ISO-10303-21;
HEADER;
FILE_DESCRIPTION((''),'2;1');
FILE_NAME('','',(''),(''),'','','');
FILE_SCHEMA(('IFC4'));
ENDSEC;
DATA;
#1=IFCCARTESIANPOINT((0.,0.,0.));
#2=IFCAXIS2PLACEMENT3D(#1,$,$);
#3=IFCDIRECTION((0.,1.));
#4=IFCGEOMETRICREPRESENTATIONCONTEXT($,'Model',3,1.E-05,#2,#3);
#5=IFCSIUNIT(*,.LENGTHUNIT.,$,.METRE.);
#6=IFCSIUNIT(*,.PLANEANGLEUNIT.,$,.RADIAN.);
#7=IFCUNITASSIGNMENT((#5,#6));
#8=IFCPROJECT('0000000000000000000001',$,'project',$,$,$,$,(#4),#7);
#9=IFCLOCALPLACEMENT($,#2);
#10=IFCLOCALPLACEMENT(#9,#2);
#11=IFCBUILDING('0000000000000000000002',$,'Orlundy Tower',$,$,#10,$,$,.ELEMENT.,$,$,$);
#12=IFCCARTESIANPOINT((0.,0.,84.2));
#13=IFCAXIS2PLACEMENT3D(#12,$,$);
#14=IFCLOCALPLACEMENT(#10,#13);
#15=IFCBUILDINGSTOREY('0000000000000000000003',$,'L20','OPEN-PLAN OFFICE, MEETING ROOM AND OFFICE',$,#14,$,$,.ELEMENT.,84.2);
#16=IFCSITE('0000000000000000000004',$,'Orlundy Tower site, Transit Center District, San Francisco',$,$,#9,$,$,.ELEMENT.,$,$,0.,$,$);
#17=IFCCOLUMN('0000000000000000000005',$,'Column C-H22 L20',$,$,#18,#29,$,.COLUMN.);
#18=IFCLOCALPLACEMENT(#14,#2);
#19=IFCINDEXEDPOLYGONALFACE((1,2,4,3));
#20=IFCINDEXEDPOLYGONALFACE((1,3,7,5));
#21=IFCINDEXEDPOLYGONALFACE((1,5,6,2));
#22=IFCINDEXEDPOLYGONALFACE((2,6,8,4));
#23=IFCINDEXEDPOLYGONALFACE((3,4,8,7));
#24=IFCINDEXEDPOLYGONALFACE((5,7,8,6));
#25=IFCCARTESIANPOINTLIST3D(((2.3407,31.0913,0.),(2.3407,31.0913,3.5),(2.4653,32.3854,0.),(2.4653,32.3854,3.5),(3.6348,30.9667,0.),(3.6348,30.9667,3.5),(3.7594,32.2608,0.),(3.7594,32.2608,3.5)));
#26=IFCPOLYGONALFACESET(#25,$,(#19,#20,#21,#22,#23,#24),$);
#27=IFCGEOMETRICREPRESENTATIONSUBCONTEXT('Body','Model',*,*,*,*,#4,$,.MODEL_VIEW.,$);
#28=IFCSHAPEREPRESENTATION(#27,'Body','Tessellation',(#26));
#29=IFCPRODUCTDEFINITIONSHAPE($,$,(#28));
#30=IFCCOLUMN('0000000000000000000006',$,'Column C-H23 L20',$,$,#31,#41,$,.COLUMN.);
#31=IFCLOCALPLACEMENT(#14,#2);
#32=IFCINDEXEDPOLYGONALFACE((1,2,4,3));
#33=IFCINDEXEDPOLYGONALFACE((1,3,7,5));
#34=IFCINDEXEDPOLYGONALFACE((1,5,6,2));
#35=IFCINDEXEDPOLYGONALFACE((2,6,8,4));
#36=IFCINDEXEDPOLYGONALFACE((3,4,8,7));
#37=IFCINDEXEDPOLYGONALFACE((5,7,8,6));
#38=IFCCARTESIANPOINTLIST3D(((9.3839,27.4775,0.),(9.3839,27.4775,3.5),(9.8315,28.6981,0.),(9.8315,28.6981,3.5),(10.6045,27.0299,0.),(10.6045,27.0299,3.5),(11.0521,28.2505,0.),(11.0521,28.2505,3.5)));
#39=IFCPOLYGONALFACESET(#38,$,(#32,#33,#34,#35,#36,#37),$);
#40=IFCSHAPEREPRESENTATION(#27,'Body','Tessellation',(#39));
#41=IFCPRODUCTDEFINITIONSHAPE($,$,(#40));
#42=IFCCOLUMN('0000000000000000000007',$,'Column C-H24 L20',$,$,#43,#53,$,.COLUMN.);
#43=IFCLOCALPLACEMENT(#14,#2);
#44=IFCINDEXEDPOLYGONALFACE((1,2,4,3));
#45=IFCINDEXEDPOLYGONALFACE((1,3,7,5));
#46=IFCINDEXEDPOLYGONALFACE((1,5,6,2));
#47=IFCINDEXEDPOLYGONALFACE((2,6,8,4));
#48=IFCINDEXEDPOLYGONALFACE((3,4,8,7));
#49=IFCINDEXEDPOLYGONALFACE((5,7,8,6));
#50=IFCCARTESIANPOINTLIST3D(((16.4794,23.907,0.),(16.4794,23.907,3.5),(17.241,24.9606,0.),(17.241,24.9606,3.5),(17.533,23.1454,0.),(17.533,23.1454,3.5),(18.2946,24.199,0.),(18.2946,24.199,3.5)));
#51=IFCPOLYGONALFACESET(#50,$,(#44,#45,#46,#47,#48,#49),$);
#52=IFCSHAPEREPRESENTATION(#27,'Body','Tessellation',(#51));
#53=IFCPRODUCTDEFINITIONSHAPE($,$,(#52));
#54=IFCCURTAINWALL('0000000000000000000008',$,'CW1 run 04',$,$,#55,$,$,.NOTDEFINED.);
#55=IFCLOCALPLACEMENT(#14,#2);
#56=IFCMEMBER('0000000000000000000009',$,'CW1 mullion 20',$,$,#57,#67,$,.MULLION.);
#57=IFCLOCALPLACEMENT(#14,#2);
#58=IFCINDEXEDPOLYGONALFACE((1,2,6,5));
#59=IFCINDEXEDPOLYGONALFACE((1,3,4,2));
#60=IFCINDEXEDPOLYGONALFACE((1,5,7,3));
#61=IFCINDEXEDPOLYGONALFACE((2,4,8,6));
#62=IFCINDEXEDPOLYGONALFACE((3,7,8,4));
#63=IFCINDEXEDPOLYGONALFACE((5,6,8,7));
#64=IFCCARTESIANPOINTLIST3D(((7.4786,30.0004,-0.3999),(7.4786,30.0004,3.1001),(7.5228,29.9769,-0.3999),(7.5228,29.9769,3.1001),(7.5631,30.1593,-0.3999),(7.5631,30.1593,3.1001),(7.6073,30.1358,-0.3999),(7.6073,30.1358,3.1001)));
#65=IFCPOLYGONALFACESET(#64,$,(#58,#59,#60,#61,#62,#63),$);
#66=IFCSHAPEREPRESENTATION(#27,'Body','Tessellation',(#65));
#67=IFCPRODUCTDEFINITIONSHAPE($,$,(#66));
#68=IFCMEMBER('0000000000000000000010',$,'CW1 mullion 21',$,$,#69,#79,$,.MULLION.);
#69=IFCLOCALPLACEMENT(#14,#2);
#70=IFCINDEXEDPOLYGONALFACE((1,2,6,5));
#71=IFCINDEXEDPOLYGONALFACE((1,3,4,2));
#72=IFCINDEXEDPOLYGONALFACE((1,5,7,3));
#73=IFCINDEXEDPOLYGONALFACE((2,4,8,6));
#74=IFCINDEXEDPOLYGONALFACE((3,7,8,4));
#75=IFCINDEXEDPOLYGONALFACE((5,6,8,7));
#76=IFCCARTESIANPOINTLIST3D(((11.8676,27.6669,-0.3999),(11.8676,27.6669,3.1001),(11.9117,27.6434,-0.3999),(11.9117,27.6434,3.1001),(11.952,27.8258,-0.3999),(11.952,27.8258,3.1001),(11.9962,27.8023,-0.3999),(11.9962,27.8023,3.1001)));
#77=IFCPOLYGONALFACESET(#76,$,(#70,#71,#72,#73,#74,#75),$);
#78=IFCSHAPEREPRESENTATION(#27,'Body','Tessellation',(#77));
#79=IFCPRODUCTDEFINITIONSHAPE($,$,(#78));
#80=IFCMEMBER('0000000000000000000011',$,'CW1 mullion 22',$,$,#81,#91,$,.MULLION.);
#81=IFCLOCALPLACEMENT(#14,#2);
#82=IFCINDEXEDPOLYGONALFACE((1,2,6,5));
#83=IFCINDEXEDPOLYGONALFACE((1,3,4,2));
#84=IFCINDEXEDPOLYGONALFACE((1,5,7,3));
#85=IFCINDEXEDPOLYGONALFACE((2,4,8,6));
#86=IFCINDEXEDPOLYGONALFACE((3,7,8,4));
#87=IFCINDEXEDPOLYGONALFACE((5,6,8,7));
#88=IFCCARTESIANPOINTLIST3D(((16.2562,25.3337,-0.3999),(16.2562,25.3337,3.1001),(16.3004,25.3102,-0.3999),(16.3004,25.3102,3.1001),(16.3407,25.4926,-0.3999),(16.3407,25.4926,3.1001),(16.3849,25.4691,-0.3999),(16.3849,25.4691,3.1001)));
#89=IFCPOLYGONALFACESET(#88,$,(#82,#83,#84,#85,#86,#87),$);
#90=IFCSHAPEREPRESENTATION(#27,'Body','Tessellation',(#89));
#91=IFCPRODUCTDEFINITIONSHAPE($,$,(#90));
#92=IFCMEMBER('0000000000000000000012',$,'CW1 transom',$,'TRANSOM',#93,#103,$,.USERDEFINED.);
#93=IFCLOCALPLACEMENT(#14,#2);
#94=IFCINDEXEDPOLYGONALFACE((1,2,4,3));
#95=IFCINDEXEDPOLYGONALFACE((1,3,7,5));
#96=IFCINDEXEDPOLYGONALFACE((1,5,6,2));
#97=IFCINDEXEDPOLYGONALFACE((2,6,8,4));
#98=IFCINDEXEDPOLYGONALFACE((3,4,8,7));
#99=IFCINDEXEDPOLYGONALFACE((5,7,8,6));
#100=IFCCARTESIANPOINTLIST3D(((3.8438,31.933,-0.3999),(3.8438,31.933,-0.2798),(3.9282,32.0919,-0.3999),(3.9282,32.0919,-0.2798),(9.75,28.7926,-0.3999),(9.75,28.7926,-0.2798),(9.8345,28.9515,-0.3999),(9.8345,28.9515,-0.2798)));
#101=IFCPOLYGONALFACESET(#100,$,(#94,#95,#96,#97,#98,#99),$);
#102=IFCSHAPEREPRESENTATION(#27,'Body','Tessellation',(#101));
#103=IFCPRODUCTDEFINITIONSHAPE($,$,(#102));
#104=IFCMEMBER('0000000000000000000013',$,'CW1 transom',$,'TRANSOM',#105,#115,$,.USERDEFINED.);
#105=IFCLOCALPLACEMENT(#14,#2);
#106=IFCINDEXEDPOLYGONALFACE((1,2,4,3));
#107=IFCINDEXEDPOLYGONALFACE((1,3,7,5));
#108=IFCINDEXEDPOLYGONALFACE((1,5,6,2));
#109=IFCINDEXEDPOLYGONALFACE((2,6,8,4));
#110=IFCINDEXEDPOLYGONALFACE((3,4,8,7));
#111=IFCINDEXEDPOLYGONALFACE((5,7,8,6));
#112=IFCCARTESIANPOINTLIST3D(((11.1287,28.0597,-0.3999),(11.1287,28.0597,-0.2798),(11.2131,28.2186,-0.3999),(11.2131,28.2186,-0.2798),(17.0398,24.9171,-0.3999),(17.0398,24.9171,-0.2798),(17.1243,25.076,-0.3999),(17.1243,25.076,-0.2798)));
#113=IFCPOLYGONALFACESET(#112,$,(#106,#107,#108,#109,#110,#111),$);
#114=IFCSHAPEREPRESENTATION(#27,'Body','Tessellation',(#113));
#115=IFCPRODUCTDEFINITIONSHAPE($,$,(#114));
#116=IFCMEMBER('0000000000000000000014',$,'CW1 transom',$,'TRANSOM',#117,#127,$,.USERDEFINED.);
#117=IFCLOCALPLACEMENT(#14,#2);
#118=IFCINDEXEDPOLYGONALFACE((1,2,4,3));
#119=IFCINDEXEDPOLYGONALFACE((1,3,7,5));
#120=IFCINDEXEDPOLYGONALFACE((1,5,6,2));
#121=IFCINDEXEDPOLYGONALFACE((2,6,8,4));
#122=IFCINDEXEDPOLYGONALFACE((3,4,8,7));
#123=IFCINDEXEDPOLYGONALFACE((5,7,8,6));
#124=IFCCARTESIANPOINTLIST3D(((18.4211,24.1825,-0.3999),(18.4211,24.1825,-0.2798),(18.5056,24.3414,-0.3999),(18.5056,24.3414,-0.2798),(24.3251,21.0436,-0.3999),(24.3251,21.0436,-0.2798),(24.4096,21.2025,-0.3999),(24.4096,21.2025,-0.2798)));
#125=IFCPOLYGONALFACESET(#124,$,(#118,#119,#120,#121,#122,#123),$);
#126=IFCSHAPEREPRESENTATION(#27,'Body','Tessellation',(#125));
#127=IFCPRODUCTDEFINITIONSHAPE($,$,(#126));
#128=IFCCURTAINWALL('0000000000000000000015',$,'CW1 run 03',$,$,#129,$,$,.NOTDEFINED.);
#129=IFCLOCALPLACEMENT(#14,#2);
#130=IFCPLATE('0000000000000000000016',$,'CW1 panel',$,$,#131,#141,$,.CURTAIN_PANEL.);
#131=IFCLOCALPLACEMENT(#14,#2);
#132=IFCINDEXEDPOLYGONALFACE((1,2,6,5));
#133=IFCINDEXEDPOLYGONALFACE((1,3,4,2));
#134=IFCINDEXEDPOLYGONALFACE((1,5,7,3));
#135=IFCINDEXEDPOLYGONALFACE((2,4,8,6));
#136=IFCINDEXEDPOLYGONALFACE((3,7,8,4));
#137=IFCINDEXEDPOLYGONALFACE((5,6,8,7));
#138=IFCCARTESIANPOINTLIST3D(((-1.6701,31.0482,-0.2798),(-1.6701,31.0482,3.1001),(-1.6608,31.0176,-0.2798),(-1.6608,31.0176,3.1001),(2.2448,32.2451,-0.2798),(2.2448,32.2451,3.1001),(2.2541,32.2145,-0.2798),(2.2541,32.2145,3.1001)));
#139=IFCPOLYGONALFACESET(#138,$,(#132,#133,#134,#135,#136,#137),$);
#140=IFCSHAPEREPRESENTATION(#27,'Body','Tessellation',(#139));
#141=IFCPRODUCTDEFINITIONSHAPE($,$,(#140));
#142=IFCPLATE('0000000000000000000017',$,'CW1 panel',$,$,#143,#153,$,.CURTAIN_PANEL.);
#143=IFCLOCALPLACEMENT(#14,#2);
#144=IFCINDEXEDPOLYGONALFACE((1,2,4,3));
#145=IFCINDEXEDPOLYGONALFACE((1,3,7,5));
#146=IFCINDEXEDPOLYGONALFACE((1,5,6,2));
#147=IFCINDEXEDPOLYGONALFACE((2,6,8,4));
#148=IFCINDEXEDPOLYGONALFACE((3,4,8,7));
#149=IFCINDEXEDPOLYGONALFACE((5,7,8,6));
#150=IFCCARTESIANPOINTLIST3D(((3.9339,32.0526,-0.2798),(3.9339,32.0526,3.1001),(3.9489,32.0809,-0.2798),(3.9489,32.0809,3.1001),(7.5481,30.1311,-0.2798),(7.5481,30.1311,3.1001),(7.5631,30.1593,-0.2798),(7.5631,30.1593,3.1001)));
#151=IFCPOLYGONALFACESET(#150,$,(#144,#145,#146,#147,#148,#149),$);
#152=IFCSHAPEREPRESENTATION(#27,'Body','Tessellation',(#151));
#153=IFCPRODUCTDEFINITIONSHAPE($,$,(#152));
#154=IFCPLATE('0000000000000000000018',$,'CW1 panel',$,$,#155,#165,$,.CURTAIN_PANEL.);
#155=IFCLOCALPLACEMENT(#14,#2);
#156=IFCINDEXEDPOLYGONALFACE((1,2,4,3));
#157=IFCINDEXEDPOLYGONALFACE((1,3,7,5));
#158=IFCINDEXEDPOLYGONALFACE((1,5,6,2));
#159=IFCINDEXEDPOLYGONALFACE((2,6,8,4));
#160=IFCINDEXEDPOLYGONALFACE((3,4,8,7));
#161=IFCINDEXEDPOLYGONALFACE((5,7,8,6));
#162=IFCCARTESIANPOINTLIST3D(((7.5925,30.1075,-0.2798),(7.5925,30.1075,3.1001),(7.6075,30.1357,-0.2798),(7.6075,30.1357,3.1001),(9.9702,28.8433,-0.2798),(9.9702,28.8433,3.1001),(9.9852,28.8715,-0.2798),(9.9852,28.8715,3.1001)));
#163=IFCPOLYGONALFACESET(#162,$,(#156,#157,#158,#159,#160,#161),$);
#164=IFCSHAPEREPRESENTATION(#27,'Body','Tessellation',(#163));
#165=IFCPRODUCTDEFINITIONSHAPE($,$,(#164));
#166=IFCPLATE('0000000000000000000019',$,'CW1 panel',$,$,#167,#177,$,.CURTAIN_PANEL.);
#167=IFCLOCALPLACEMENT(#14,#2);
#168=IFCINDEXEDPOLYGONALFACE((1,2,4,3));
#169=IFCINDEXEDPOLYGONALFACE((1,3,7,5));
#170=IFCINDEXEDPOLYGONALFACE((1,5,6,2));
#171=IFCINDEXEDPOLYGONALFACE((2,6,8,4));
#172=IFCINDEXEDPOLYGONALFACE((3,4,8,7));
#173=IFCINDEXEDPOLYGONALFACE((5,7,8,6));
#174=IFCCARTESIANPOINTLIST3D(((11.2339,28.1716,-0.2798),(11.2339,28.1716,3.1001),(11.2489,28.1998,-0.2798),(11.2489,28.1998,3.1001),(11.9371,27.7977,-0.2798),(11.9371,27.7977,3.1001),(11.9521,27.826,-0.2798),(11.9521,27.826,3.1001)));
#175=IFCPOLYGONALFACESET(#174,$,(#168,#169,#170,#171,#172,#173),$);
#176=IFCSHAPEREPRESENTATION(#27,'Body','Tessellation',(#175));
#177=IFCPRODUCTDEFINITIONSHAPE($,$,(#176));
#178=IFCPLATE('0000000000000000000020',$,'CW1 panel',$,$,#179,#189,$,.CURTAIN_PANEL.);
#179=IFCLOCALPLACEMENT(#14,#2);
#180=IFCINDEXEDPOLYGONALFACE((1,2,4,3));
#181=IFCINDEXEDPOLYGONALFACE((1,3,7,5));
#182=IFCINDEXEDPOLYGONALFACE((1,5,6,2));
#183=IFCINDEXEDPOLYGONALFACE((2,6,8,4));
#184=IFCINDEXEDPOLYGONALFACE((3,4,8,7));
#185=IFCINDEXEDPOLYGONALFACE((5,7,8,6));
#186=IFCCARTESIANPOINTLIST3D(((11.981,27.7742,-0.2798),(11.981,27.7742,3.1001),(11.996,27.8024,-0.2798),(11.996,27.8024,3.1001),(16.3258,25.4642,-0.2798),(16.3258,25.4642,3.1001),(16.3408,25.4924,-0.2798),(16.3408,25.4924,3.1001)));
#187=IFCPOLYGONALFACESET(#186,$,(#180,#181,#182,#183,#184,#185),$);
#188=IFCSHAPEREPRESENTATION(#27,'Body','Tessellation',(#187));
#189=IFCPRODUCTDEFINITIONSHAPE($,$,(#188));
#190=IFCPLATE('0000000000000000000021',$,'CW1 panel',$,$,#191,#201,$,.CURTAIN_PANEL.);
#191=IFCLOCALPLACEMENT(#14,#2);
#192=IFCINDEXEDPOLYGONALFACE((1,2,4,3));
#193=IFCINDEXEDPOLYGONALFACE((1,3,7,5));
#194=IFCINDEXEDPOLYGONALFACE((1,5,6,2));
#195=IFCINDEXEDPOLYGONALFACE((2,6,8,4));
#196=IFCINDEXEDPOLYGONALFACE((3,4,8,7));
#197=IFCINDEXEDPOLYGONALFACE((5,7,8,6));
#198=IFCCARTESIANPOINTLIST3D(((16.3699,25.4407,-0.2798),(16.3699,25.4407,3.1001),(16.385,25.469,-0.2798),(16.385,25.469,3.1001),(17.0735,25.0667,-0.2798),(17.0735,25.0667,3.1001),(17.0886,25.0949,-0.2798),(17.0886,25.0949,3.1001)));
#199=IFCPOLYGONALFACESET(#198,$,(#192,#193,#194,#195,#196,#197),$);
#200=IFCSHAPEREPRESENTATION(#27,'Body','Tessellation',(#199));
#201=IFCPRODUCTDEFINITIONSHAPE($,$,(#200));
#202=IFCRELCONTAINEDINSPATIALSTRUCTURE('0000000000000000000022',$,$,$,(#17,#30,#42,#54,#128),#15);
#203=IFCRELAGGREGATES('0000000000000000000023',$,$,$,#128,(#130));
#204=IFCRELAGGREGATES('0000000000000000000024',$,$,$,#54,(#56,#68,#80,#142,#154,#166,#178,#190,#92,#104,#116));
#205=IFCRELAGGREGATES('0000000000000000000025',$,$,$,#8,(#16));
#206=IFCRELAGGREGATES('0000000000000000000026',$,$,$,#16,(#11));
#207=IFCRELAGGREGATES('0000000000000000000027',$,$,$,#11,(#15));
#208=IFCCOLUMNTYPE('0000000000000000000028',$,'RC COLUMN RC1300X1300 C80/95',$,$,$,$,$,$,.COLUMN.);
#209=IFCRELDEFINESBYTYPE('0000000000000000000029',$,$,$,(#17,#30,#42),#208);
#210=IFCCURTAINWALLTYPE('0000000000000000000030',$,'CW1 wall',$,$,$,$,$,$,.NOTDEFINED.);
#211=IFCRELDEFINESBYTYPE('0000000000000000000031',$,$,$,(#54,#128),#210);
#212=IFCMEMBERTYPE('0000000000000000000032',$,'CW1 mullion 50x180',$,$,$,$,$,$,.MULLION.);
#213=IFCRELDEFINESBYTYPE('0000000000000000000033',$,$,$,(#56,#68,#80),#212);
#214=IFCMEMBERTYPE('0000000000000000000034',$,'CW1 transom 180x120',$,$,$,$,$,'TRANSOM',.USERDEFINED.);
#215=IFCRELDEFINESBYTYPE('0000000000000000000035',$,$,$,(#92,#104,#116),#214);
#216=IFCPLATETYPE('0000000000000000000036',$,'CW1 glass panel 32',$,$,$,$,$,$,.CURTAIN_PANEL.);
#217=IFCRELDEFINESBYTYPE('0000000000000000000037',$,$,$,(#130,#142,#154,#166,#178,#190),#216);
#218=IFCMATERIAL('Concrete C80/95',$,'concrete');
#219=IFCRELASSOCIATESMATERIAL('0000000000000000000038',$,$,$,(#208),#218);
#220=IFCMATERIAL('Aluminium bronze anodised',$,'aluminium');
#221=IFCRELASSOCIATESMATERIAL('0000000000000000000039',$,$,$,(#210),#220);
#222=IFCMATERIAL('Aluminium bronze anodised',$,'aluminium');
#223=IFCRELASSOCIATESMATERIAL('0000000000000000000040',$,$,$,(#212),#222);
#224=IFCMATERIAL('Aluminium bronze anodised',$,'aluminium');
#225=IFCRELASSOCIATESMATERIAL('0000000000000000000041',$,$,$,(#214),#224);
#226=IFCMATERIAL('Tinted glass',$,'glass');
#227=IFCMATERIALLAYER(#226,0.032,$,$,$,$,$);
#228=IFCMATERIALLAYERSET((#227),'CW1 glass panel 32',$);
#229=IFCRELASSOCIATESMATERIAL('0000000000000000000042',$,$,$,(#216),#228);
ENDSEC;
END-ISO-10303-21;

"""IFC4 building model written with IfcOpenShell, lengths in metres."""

from ifc_helpers import new_model, si_unit, direction, frame, origin, origin_2d, place, context, subcontext, project, spatial, rectangle, extrude, material, layer, layer_set, material_profile, profile_set, type_object, element, aggregate, save


model = new_model("IFC4")

# Units and contexts
model_context = context("Model", 3, precision=1e-05, world=origin(), true_north=direction((0.0, 1.0)))
body_context = subcontext(model_context, "Body", "Model", "MODEL_VIEW")
ifc_project = project(units=[si_unit("LENGTHUNIT", "METRE"), si_unit("PLANEANGLEUNIT", "RADIAN")], contexts=[model_context])

# Site, building, storey
site_placement = place(None, origin())
site = spatial("IfcSite", under=ifc_project, at=site_placement, Name="Orlundy Tower site, Transit Center District, San Francisco", CompositionType="ELEMENT", RefElevation=0.0)
building_placement = place(site_placement, origin())
building = spatial("IfcBuilding", under=site, at=building_placement, Name="Orlundy Tower", CompositionType="ELEMENT")
storey_placement = place(building_placement, frame((0.0, 0.0, 84.2)))
storey = spatial("IfcBuildingStorey", under=building, at=storey_placement, Name="L20", Description="OPEN-PLAN OFFICE, MEETING ROOM AND OFFICE", CompositionType="ELEMENT", Elevation=84.2)

# Columns
ifc_material_1 = material(Name="Concrete C80/95", Category="concrete")
ifc_material_profile_1 = material_profile(ifc_material_1, rectangle(XDim=1.3, YDim=1.3, at=origin_2d()), Name="RC1300X1300")
ifc_profile_set_1 = profile_set([ifc_material_profile_1], Name="Concrete C80/95")
column_type = type_object("IfcColumnType", Name="RC COLUMN RC1300X1300 C80/95", PredefinedType="COLUMN", material=ifc_profile_set_1)
for number, where, z_axis, x_axis, name in (
    (1, (3.05, 31.676, 0.0), (0.0, 0.0, 1.0), (0.095846, 0.995396, 0.0), "Column C-H22 L20"),
    (2, (10.218, 27.864, 0.0), (0.0, 0.0, 1.0), (0.344282, 0.938866, 0.0), "Column C-H23 L20"),
    (3, (17.387, 24.053, 0.0), (0.0, 0.0, 1.0), (0.585835, 0.81043, 0.0), "Column C-H24 L20"),
):
    element("IfcColumn", number, at=place(storey_placement, frame(where, z_axis=z_axis, x_axis=x_axis)), inside=storey, type_object=column_type, Name=name, PredefinedType="COLUMN", context=body_context, shape_type="SweptSolid", body=[
        extrude(rectangle(XDim=1.3, YDim=1.3, at=origin_2d()), origin(), (0.0, 0.0, 1.0), 3.5),
    ])

# Curtain wall, members
ifc_material_2 = material(Name="Aluminium bronze anodised", Category="aluminium")
curtain_wall_type = type_object("IfcCurtainWallType", Name="CW1 wall", PredefinedType="NOTDEFINED", material=ifc_material_2)
curtain_wall_1_placement = place(storey_placement, origin())
curtain_wall_1 = element("IfcCurtainWall", 4, at=curtain_wall_1_placement, inside=storey, type_object=curtain_wall_type, Name="CW1 run 04", PredefinedType="NOTDEFINED")
ifc_material_3 = material(Name="Aluminium bronze anodised", Category="aluminium")
ifc_material_profile_2 = material_profile(ifc_material_3, rectangle(XDim=0.1799, YDim=0.05, at=origin_2d()), Name="CW1 mullion 50x180")
ifc_profile_set_2 = profile_set([ifc_material_profile_2], Name="Aluminium bronze anodised")
member_type_1 = type_object("IfcMemberType", Name="CW1 mullion 50x180", PredefinedType="MULLION", material=ifc_profile_set_2)
member_1_placement = place(storey_placement, frame((7.543, 30.0681, -0.3999), z_axis=(0.0, 0.0, 1.0), x_axis=(0.469445, 0.882961, 0.0)))
member_1 = element("IfcMember", 5, at=member_1_placement, type_object=member_type_1, Name="CW1 mullion 20", PredefinedType="MULLION", context=body_context, shape_type="SweptSolid", body=[
    extrude(rectangle(XDim=0.1799, YDim=0.05, at=origin_2d()), origin(), (0.0, 0.0, 1.0), 3.5),
])
member_2_placement = place(storey_placement, frame((11.9319, 27.7346, -0.3999), z_axis=(0.0, 0.0, 1.0), x_axis=(0.469445, 0.882961, 0.0)))
member_2 = element("IfcMember", 6, at=member_2_placement, type_object=member_type_1, Name="CW1 mullion 21", PredefinedType="MULLION", context=body_context, shape_type="SweptSolid", body=[
    extrude(rectangle(XDim=0.1799, YDim=0.05, at=origin_2d()), origin(), (0.0, 0.0, 1.0), 3.5),
])
member_3_placement = place(storey_placement, frame((16.3206, 25.4014, -0.3999), z_axis=(0.0, 0.0, 1.0), x_axis=(0.469445, 0.882961, 0.0)))
member_3 = element("IfcMember", 7, at=member_3_placement, type_object=member_type_1, Name="CW1 mullion 22", PredefinedType="MULLION", context=body_context, shape_type="SweptSolid", body=[
    extrude(rectangle(XDim=0.1799, YDim=0.05, at=origin_2d()), origin(), (0.0, 0.0, 1.0), 3.5),
])
ifc_material_4 = material(Name="Aluminium bronze anodised", Category="aluminium")
ifc_material_profile_3 = material_profile(ifc_material_4, rectangle(XDim=0.1799, YDim=0.1201, at=origin_2d()), Name="CW1 transom 180x120")
ifc_profile_set_3 = profile_set([ifc_material_profile_3], Name="Aluminium bronze anodised")
member_type_2 = type_object("IfcMemberType", Name="CW1 transom 180x120", ElementType="TRANSOM", PredefinedType="USERDEFINED", material=ifc_profile_set_3)
member_4_placement = place(storey_placement, frame((3.886, 32.0125, -0.3398), z_axis=(0.882949, -0.469468, 0.0), x_axis=(0.469468, 0.882949, 0.0)))
member_4 = element("IfcMember", 8, at=member_4_placement, type_object=member_type_2, Name="CW1 transom", ObjectType="TRANSOM", PredefinedType="USERDEFINED", context=body_context, shape_type="SweptSolid", body=[
    extrude(rectangle(XDim=0.1799, YDim=0.1201, at=origin_2d()), origin(), (0.0, 0.0, 1.0), 6.6892),
])
member_5_placement = place(storey_placement, frame((11.1709, 28.1392, -0.3398), z_axis=(0.882974, -0.469422, 0.0), x_axis=(0.469422, 0.882974, 0.0)))
member_5 = element("IfcMember", 9, at=member_5_placement, type_object=member_type_2, Name="CW1 transom", ObjectType="TRANSOM", PredefinedType="USERDEFINED", context=body_context, shape_type="SweptSolid", body=[
    extrude(rectangle(XDim=0.1799, YDim=0.1201, at=origin_2d()), origin(), (0.0, 0.0, 1.0), 6.6946),
])
member_6_placement = place(storey_placement, frame((18.4634, 24.262, -0.3398), z_axis=(0.882968, -0.469434, 0.0), x_axis=(0.469434, 0.882968, 0.0)))
member_6 = element("IfcMember", 10, at=member_6_placement, type_object=member_type_2, Name="CW1 transom", ObjectType="TRANSOM", PredefinedType="USERDEFINED", context=body_context, shape_type="SweptSolid", body=[
    extrude(rectangle(XDim=0.1799, YDim=0.1201, at=origin_2d()), origin(), (0.0, 0.0, 1.0), 6.6865),
])

# Curtain wall, plate
curtain_wall_2_placement = place(storey_placement, origin())
curtain_wall_2 = element("IfcCurtainWall", 11, at=curtain_wall_2_placement, inside=storey, type_object=curtain_wall_type, Name="CW1 run 03", PredefinedType="NOTDEFINED")
ifc_material_5 = material(Name="Tinted glass", Category="glass")
ifc_layer_1 = layer(ifc_material_5, 0.032)
ifc_layer_set_1 = layer_set([ifc_layer_1], Name="CW1 glass panel 32")
plate_type = type_object("IfcPlateType", Name="CW1 glass panel 32", PredefinedType="CURTAIN_PANEL", material=ifc_layer_set_1)
plate_1_placement = place(storey_placement, frame((0.292, 31.6313, -0.2798), z_axis=(0.0, 0.0, 1.0), x_axis=(0.956308, 0.292361, 0.0)))
plate_1 = element("IfcPlate", 12, at=plate_1_placement, type_object=plate_type, Name="CW1 panel", PredefinedType="CURTAIN_PANEL", context=body_context, shape_type="SweptSolid", body=[
    extrude(rectangle(XDim=4.0938, YDim=0.032, at=origin_2d()), origin(), (0.0, 0.0, 1.0), 3.3799),
])
aggregate(curtain_wall_2, [plate_1])

# Plates
plate_2_placement = place(storey_placement, frame((5.7485, 31.106, -0.2798), z_axis=(0.0, 0.0, 1.0), x_axis=(0.882961, -0.469445, 0.0)))
plate_2 = element("IfcPlate", 13, at=plate_2_placement, type_object=plate_type, Name="CW1 panel", PredefinedType="CURTAIN_PANEL", context=body_context, shape_type="SweptSolid", body=[
    extrude(rectangle(XDim=4.0933, YDim=0.032, at=origin_2d()), origin(), (0.0, 0.0, 1.0), 3.3799),
])
plate_3_placement = place(storey_placement, frame((8.7888, 29.4895, -0.2798), z_axis=(0.0, 0.0, 1.0), x_axis=(0.882961, -0.469445, 0.0)))
plate_3 = element("IfcPlate", 14, at=plate_3_placement, type_object=plate_type, Name="CW1 panel", PredefinedType="CURTAIN_PANEL", context=body_context, shape_type="SweptSolid", body=[
    extrude(rectangle(XDim=2.6929, YDim=0.032, at=origin_2d()), origin(), (0.0, 0.0, 1.0), 3.3799),
])
plate_4_placement = place(storey_placement, frame((11.593, 27.9988, -0.2798), z_axis=(0.0, 0.0, 1.0), x_axis=(0.882961, -0.469445, 0.0)))
plate_4 = element("IfcPlate", 15, at=plate_4_placement, type_object=plate_type, Name="CW1 panel", PredefinedType="CURTAIN_PANEL", context=body_context, shape_type="SweptSolid", body=[
    extrude(rectangle(XDim=0.7964, YDim=0.032, at=origin_2d()), origin(), (0.0, 0.0, 1.0), 3.3799),
])
plate_5_placement = place(storey_placement, frame((14.1609, 26.6333, -0.2798), z_axis=(0.0, 0.0, 1.0), x_axis=(0.882961, -0.469445, 0.0)))
plate_5 = element("IfcPlate", 16, at=plate_5_placement, type_object=plate_type, Name="CW1 panel", PredefinedType="CURTAIN_PANEL", context=body_context, shape_type="SweptSolid", body=[
    extrude(rectangle(XDim=4.9207, YDim=0.032, at=origin_2d()), origin(), (0.0, 0.0, 1.0), 3.3799),
])
plate_6_placement = place(storey_placement, frame((16.7292, 25.2678, -0.2798), z_axis=(0.0, 0.0, 1.0), x_axis=(0.882961, -0.469445, 0.0)))
plate_6 = element("IfcPlate", 17, at=plate_6_placement, type_object=plate_type, Name="CW1 panel", PredefinedType="CURTAIN_PANEL", context=body_context, shape_type="SweptSolid", body=[
    extrude(rectangle(XDim=0.7969, YDim=0.032, at=origin_2d()), origin(), (0.0, 0.0, 1.0), 3.3799),
])
aggregate(curtain_wall_1, [member_1, member_2, member_3, plate_2, plate_3, plate_4, plate_5, plate_6, member_4, member_5, member_6])

save(model, "model.ifc")
